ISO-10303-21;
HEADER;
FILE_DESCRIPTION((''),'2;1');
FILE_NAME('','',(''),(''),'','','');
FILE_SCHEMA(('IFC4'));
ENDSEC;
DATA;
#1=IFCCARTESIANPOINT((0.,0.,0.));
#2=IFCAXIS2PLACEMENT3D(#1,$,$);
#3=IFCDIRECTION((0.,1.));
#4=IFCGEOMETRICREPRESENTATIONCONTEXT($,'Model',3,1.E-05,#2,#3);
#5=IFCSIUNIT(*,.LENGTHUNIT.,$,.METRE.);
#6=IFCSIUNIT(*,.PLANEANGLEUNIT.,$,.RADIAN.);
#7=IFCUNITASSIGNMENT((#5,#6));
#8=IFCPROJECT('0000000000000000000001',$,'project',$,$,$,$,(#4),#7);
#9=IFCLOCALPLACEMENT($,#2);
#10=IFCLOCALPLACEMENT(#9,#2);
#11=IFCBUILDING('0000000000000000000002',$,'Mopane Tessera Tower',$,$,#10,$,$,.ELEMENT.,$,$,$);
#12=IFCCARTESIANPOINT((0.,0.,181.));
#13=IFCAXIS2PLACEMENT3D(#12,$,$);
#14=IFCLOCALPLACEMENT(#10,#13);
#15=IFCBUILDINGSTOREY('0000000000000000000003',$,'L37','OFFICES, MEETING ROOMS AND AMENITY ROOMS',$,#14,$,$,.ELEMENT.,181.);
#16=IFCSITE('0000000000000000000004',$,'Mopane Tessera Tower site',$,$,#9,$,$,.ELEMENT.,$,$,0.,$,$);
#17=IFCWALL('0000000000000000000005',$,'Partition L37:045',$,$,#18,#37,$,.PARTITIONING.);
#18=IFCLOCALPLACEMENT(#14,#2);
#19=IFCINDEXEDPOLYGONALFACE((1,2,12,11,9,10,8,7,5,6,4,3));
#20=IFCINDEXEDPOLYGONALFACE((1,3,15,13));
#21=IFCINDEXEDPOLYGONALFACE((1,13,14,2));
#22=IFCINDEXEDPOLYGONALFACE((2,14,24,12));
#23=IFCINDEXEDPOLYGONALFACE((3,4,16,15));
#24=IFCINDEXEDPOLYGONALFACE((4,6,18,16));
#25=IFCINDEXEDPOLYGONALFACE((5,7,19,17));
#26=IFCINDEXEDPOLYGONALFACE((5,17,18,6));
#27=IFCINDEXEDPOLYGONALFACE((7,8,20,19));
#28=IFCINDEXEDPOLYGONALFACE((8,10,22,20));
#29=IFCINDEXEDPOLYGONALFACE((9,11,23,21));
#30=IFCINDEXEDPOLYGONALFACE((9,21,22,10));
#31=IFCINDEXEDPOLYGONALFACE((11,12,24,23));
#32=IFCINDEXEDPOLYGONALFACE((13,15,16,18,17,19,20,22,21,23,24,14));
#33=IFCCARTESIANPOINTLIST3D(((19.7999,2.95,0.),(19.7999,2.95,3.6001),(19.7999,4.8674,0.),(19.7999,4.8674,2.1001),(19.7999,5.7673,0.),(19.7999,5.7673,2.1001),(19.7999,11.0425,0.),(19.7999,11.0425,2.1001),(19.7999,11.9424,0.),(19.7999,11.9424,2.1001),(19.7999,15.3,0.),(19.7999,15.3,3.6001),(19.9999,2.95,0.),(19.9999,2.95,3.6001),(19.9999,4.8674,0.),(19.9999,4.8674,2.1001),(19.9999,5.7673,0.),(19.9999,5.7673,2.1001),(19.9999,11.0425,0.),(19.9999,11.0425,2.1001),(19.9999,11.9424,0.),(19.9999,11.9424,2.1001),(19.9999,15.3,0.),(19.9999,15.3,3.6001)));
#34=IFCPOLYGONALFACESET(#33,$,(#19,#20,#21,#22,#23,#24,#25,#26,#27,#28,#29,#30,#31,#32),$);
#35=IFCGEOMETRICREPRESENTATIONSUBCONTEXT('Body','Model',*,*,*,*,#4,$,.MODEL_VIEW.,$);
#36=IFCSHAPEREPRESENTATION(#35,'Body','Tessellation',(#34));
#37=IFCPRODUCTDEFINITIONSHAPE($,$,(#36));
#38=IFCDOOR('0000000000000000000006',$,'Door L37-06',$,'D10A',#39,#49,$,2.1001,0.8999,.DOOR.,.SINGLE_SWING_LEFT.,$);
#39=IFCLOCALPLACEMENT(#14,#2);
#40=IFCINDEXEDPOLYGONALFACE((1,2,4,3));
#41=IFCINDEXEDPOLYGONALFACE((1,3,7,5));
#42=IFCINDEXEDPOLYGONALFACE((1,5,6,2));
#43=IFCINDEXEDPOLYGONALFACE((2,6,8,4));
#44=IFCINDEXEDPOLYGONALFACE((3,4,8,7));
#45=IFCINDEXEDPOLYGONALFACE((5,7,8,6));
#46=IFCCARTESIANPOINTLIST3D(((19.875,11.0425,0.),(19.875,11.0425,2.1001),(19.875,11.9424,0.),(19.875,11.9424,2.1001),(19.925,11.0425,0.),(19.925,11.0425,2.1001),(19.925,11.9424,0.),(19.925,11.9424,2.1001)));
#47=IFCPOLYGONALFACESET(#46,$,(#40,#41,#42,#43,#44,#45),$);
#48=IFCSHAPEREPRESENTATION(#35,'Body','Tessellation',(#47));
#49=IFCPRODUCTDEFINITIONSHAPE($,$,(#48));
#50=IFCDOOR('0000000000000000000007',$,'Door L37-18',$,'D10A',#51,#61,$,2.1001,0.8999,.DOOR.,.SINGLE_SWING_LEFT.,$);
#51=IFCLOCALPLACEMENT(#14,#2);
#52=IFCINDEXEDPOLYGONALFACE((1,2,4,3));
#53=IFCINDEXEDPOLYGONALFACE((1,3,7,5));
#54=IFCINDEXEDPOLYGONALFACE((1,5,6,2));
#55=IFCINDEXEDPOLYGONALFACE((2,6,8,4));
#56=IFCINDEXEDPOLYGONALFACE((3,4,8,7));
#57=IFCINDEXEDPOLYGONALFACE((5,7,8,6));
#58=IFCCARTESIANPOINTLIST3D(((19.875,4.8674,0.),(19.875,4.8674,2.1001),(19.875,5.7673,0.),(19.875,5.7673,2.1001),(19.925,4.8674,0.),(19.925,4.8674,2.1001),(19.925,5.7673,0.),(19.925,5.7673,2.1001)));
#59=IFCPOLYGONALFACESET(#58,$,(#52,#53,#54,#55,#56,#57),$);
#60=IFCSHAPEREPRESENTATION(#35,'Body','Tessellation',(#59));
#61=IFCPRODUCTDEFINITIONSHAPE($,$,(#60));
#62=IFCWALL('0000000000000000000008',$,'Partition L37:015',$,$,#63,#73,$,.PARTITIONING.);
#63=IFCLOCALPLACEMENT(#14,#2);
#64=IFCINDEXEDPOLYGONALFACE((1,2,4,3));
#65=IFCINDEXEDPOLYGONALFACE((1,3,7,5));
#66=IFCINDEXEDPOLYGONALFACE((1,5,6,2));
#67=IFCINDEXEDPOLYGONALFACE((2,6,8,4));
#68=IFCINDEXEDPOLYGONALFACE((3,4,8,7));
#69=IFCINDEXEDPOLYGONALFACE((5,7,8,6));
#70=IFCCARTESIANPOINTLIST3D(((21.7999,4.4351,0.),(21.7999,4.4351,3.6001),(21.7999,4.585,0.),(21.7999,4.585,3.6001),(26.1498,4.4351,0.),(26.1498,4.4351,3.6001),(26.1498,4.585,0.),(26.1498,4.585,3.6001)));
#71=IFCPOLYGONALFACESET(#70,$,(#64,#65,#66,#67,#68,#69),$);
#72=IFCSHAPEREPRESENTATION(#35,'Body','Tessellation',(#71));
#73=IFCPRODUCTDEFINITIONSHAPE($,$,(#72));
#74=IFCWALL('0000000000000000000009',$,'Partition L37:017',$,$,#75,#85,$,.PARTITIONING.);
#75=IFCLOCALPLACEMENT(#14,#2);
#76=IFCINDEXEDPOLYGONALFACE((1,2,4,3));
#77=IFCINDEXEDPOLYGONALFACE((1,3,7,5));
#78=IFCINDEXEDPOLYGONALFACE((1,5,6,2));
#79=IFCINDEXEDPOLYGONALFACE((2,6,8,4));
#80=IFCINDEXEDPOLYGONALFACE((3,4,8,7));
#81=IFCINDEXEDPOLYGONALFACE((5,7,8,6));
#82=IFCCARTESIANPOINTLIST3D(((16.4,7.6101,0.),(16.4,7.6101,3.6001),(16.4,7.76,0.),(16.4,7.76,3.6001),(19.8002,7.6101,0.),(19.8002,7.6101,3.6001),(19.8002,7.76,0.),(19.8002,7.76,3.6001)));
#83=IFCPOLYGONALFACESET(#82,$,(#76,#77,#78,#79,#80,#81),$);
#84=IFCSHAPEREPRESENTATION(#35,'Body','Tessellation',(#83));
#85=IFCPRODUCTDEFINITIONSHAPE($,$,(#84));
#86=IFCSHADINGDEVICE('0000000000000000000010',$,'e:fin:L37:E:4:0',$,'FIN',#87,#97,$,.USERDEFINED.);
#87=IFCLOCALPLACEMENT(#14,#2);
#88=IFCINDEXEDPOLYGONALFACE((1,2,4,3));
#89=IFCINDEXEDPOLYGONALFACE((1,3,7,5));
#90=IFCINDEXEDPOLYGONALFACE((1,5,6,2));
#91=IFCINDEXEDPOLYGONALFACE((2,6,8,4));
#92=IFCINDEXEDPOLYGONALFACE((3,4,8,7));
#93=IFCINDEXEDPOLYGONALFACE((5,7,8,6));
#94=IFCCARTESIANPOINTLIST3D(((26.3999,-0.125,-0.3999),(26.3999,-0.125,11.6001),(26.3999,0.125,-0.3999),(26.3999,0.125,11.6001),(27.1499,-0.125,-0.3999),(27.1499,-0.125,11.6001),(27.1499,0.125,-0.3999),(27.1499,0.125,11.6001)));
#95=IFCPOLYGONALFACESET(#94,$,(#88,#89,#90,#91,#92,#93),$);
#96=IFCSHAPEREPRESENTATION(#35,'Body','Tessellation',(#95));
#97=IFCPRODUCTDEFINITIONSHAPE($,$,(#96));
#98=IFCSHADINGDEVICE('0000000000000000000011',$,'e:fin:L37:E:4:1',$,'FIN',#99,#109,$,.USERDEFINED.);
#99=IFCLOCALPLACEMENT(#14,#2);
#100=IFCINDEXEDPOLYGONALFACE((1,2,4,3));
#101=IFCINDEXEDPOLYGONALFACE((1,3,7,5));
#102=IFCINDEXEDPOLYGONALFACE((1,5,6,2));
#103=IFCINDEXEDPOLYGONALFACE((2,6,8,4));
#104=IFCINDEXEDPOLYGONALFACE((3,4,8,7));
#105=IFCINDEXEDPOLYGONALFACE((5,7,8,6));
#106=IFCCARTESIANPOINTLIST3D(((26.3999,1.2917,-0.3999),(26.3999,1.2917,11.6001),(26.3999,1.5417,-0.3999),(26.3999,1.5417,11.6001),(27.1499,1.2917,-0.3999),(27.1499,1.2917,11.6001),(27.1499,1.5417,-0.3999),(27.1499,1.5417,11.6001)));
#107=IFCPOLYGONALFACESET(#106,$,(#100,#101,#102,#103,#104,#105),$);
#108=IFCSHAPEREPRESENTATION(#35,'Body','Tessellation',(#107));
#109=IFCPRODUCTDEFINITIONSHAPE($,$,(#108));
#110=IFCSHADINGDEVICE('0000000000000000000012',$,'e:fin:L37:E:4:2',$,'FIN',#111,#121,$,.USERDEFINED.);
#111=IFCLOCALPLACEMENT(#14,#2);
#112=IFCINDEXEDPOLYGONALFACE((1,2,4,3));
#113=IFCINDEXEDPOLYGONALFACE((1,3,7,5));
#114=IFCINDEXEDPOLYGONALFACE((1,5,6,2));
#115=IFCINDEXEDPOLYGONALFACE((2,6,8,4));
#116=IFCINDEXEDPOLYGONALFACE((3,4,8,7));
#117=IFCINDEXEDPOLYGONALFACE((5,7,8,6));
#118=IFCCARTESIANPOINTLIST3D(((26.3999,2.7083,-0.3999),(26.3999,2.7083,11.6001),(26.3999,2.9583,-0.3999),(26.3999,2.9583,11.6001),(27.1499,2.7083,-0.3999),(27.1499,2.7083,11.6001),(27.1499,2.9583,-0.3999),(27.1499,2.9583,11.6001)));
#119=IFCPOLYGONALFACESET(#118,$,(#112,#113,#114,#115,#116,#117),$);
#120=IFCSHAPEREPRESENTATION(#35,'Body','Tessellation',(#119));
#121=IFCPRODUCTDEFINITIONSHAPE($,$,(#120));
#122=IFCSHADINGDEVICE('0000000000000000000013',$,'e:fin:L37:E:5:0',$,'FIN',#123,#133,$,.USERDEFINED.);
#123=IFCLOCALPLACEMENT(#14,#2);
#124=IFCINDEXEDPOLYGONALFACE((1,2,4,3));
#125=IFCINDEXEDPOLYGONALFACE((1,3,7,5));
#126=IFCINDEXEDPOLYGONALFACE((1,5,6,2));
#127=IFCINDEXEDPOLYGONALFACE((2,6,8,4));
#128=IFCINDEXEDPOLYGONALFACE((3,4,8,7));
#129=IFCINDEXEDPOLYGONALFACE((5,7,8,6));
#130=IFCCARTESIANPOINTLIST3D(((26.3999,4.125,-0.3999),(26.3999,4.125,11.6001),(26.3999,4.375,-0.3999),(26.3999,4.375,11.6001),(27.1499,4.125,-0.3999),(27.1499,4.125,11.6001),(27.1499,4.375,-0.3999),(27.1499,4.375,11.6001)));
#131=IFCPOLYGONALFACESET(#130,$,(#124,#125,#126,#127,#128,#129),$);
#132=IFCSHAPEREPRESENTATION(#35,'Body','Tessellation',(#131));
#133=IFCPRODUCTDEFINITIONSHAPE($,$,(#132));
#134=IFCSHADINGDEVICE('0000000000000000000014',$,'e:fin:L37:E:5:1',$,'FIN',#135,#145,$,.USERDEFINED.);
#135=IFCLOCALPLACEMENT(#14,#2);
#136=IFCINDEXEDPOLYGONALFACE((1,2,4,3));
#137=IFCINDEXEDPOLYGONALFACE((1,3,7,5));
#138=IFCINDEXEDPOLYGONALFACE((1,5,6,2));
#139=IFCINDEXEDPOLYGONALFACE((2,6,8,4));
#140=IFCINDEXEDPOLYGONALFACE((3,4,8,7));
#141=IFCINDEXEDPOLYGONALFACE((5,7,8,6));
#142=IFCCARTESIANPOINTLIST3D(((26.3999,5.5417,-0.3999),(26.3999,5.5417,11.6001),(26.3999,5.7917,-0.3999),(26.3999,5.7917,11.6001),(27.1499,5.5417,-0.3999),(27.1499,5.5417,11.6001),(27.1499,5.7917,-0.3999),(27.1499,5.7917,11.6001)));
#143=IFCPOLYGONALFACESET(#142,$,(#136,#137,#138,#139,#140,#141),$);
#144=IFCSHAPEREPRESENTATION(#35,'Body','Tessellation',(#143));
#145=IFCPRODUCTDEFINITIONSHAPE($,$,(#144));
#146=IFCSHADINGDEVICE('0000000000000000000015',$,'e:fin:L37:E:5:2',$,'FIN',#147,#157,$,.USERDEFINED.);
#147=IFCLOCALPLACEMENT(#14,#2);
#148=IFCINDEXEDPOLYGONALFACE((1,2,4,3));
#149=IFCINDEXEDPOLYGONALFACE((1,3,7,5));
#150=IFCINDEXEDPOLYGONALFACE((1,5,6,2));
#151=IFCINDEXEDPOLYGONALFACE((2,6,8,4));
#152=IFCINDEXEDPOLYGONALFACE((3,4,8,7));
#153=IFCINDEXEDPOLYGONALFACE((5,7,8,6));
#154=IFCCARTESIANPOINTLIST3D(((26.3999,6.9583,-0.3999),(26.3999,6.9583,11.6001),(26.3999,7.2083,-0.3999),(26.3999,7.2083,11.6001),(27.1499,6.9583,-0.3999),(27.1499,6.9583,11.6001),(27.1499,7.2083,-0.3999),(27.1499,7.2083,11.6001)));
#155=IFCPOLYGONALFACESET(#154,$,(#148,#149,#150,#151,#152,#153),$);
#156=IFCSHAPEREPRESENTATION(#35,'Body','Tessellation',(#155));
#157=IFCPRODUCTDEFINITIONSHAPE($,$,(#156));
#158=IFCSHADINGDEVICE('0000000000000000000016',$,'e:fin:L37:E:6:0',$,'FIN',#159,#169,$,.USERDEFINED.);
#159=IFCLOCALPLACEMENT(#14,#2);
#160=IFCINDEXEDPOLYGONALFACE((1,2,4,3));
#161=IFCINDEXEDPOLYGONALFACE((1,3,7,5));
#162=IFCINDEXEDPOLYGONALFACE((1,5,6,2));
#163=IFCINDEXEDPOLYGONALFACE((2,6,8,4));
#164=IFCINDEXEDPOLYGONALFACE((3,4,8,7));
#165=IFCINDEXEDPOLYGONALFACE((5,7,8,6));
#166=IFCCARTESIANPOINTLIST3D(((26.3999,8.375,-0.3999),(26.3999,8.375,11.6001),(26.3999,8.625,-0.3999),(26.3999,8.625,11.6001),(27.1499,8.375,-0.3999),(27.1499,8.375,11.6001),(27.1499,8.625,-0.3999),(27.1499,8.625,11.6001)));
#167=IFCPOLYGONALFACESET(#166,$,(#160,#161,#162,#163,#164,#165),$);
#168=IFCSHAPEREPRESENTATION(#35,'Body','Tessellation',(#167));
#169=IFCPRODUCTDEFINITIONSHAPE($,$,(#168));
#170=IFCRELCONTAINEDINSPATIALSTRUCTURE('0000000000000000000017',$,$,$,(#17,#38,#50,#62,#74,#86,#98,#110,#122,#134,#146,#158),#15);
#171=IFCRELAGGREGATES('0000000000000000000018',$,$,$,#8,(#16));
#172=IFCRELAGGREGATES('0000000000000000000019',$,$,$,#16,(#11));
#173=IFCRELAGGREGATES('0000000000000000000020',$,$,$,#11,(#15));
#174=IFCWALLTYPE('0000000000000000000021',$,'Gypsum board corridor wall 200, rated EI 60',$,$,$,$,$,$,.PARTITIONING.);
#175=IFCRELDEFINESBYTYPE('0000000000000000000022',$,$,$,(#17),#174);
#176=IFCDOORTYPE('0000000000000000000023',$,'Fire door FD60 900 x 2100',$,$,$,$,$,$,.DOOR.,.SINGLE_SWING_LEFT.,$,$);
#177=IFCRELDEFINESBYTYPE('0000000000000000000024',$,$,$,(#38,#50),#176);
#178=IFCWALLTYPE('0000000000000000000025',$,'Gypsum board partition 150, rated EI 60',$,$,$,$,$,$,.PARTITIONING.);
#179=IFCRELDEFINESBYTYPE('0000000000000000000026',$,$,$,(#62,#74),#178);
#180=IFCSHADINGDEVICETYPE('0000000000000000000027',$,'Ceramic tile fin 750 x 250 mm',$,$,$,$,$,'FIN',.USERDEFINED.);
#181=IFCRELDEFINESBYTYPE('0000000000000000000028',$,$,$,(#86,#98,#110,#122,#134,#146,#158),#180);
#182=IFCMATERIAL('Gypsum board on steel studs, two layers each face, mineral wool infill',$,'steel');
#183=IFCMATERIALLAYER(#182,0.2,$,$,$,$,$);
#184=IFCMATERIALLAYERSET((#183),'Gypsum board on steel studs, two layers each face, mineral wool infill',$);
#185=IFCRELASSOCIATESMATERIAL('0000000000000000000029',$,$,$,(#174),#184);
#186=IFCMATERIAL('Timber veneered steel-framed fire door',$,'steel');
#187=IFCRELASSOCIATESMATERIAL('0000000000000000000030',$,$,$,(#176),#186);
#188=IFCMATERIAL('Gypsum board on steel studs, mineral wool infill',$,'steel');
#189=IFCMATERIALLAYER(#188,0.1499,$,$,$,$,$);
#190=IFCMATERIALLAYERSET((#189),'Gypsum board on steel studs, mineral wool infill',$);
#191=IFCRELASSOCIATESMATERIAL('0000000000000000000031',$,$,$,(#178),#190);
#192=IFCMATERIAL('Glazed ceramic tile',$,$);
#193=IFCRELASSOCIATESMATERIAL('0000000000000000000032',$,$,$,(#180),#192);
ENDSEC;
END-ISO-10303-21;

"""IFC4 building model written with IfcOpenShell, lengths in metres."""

from ifc_helpers import new_model, si_unit, direction, frame, frame_2d, origin, origin_2d, place, context, subcontext, project, spatial, rectangle, extrude, material, layer, layer_set, type_object, element, fill, save


model = new_model("IFC4")

# Units and contexts
model_context = context("Model", 3, precision=1e-05, world=origin(), true_north=direction((0.0, 1.0)))
body_context = subcontext(model_context, "Body", "Model", "MODEL_VIEW")
ifc_project = project(units=[si_unit("LENGTHUNIT", "METRE"), si_unit("PLANEANGLEUNIT", "RADIAN")], contexts=[model_context])

# Site, building, storey
site_placement = place(None, origin())
site = spatial("IfcSite", under=ifc_project, at=site_placement, Name="Mopane Tessera Tower site", CompositionType="ELEMENT", RefElevation=0.0)
building_placement = place(site_placement, origin())
building = spatial("IfcBuilding", under=site, at=building_placement, Name="Mopane Tessera Tower", CompositionType="ELEMENT")
storey_placement = place(building_placement, frame((0.0, 0.0, 181.0)))
storey = spatial("IfcBuildingStorey", under=building, at=storey_placement, Name="L37", Description="OFFICES, MEETING ROOMS AND AMENITY ROOMS", CompositionType="ELEMENT", Elevation=181.0)

# Shared definitions
ifc_material_1 = material(Name="Gypsum board on steel studs, two layers each face, mineral wool infill", Category="steel")
ifc_layer_1 = layer(ifc_material_1, 0.2)
ifc_layer_set_1 = layer_set([ifc_layer_1], Name="Gypsum board on steel studs, two layers each face, mineral wool infill")
wall_type_1 = type_object("IfcWallType", Name="Gypsum board corridor wall 200, rated EI 60", PredefinedType="PARTITIONING", material=ifc_layer_set_1)

# Wall, openings, doors
wall_1_placement = place(storey_placement, frame((19.8999, 2.95, 0.0), z_axis=(0.0, 0.0, 1.0), x_axis=(0.0, 1.0, 0.0)))
wall_1 = element("IfcWall", 1, at=wall_1_placement, inside=storey, type_object=wall_type_1, Name="Partition L37:045", PredefinedType="PARTITIONING", context=body_context, shape_type="SweptSolid", body=[
    extrude(rectangle(XDim=12.3501, YDim=0.2, at=frame_2d((6.175, 0.0))), origin(), (0.0, 0.0, 1.0), 3.6001),
])
opening_1_placement = place(wall_1_placement, frame((8.0925, 0.0, 0.0)))
opening_1 = element("IfcOpeningElement", 2, at=opening_1_placement, cuts=wall_1, PredefinedType="OPENING", context=body_context, shape_type="SweptSolid", body=[
    extrude(rectangle(XDim=0.8999, YDim=2.1001, at=frame_2d((0.45, 1.05))), frame((0.0, 0.1121, 0.0), z_axis=(0.0, -1.0, 0.0), x_axis=(1.0, 0.0, 0.0)), (0.0, 0.0, 1.0), 0.2239),
])
opening_2_placement = place(wall_1_placement, frame((1.9175, 0.0, 0.0)))
opening_2 = element("IfcOpeningElement", 3, at=opening_2_placement, cuts=wall_1, PredefinedType="OPENING", context=body_context, shape_type="SweptSolid", body=[
    extrude(rectangle(XDim=0.8999, YDim=2.1001, at=frame_2d((0.45, 1.05))), frame((0.0, 0.1121, 0.0), z_axis=(0.0, -1.0, 0.0), x_axis=(1.0, 0.0, 0.0)), (0.0, 0.0, 1.0), 0.2239),
])
ifc_material_2 = material(Name="Timber veneered steel-framed fire door", Category="steel")
door_type = type_object("IfcDoorType", Name="Fire door FD60 900 x 2100", OperationType="SINGLE_SWING_LEFT", PredefinedType="DOOR", material=ifc_material_2)
door_1_placement = place(opening_1_placement, origin())
door_1 = element("IfcDoor", 4, at=door_1_placement, inside=storey, type_object=door_type, Name="Door L37-06", ObjectType="D10A", OperationType="SINGLE_SWING_LEFT", OverallHeight=2.1001, OverallWidth=0.8999, PredefinedType="DOOR", context=body_context, shape_type="SweptSolid", body=[
    extrude(rectangle(XDim=0.8999, YDim=2.1001, at=frame_2d((0.45, 1.05))), frame((0.0, 0.0249, 0.0), z_axis=(0.0, -1.0, 0.0), x_axis=(1.0, 0.0, 0.0)), (0.0, 0.0, 1.0), 0.05),
])
fill(opening_1, door_1)
door_2_placement = place(opening_2_placement, origin())
door_2 = element("IfcDoor", 5, at=door_2_placement, inside=storey, type_object=door_type, Name="Door L37-18", ObjectType="D10A", OperationType="SINGLE_SWING_LEFT", OverallHeight=2.1001, OverallWidth=0.8999, PredefinedType="DOOR", context=body_context, shape_type="SweptSolid", body=[
    extrude(rectangle(XDim=0.8999, YDim=2.1001, at=frame_2d((0.45, 1.05))), frame((0.0, 0.0249, 0.0), z_axis=(0.0, -1.0, 0.0), x_axis=(1.0, 0.0, 0.0)), (0.0, 0.0, 1.0), 0.05),
])
fill(opening_2, door_2)

# Walls
ifc_material_3 = material(Name="Gypsum board on steel studs, mineral wool infill", Category="steel")
ifc_layer_2 = layer(ifc_material_3, 0.1499)
ifc_layer_set_2 = layer_set([ifc_layer_2], Name="Gypsum board on steel studs, mineral wool infill")
wall_type_2 = type_object("IfcWallType", Name="Gypsum board partition 150, rated EI 60", PredefinedType="PARTITIONING", material=ifc_layer_set_2)
wall_2_placement = place(storey_placement, frame((21.8, 4.51, 0.0), z_axis=(0.0, 0.0, 1.0), x_axis=(1.0, 0.0, 0.0)))
element("IfcWall", 6, at=wall_2_placement, inside=storey, type_object=wall_type_2, Name="Partition L37:015", PredefinedType="PARTITIONING", context=body_context, shape_type="SweptSolid", body=[
    extrude(rectangle(XDim=4.3499, YDim=0.1499, at=frame_2d((2.1748, 0.0))), origin(), (0.0, 0.0, 1.0), 3.6001),
])
wall_3_placement = place(storey_placement, frame((16.3999, 7.6851, 0.0), z_axis=(0.0, 0.0, 1.0), x_axis=(1.0, 0.0, 0.0)))
element("IfcWall", 7, at=wall_3_placement, inside=storey, type_object=wall_type_2, Name="Partition L37:017", PredefinedType="PARTITIONING", context=body_context, shape_type="SweptSolid", body=[
    extrude(rectangle(XDim=3.4001, YDim=0.1499, at=frame_2d((1.7002, 0.0))), origin(), (0.0, 0.0, 1.0), 3.6001),
])

# Shading devices
ifc_material_4 = material(Name="Glazed ceramic tile")
shading_device_type = type_object("IfcShadingDeviceType", Name="Ceramic tile fin 750 x 250 mm", ElementType="FIN", PredefinedType="USERDEFINED", material=ifc_material_4)
for number, where, z_axis, x_axis, name in (
    (8, (26.7749, 0.0, -0.3999), (0.0, 0.0, 1.0), (0.0, 1.0, 0.0), "e:fin:L37:E:4:0"),
    (9, (26.7749, 1.4167, -0.3999), (0.0, 0.0, 1.0), (0.0, 1.0, 0.0), "e:fin:L37:E:4:1"),
    (10, (26.7749, 2.8333, -0.3999), (0.0, 0.0, 1.0), (0.0, 1.0, 0.0), "e:fin:L37:E:4:2"),
    (11, (26.7749, 4.25, -0.3999), (0.0, 0.0, 1.0), (0.0, 1.0, 0.0), "e:fin:L37:E:5:0"),
    (12, (26.7749, 5.6667, -0.3999), (0.0, 0.0, 1.0), (0.0, 1.0, 0.0), "e:fin:L37:E:5:1"),
    (13, (26.7749, 7.0833, -0.3999), (0.0, 0.0, 1.0), (0.0, 1.0, 0.0), "e:fin:L37:E:5:2"),
    (14, (26.7749, 8.5, -0.3999), (0.0, 0.0, 1.0), (0.0, 1.0, 0.0), "e:fin:L37:E:6:0"),
):
    element("IfcShadingDevice", number, at=place(storey_placement, frame(where, z_axis=z_axis, x_axis=x_axis)), inside=storey, type_object=shading_device_type, Name=name, ObjectType="FIN", PredefinedType="USERDEFINED", context=body_context, shape_type="SweptSolid", body=[
        extrude(rectangle(XDim=0.25, YDim=0.75, at=origin_2d()), origin(), (0.0, 0.0, 1.0), 12.0),
    ])

save(model, "model.ifc")
